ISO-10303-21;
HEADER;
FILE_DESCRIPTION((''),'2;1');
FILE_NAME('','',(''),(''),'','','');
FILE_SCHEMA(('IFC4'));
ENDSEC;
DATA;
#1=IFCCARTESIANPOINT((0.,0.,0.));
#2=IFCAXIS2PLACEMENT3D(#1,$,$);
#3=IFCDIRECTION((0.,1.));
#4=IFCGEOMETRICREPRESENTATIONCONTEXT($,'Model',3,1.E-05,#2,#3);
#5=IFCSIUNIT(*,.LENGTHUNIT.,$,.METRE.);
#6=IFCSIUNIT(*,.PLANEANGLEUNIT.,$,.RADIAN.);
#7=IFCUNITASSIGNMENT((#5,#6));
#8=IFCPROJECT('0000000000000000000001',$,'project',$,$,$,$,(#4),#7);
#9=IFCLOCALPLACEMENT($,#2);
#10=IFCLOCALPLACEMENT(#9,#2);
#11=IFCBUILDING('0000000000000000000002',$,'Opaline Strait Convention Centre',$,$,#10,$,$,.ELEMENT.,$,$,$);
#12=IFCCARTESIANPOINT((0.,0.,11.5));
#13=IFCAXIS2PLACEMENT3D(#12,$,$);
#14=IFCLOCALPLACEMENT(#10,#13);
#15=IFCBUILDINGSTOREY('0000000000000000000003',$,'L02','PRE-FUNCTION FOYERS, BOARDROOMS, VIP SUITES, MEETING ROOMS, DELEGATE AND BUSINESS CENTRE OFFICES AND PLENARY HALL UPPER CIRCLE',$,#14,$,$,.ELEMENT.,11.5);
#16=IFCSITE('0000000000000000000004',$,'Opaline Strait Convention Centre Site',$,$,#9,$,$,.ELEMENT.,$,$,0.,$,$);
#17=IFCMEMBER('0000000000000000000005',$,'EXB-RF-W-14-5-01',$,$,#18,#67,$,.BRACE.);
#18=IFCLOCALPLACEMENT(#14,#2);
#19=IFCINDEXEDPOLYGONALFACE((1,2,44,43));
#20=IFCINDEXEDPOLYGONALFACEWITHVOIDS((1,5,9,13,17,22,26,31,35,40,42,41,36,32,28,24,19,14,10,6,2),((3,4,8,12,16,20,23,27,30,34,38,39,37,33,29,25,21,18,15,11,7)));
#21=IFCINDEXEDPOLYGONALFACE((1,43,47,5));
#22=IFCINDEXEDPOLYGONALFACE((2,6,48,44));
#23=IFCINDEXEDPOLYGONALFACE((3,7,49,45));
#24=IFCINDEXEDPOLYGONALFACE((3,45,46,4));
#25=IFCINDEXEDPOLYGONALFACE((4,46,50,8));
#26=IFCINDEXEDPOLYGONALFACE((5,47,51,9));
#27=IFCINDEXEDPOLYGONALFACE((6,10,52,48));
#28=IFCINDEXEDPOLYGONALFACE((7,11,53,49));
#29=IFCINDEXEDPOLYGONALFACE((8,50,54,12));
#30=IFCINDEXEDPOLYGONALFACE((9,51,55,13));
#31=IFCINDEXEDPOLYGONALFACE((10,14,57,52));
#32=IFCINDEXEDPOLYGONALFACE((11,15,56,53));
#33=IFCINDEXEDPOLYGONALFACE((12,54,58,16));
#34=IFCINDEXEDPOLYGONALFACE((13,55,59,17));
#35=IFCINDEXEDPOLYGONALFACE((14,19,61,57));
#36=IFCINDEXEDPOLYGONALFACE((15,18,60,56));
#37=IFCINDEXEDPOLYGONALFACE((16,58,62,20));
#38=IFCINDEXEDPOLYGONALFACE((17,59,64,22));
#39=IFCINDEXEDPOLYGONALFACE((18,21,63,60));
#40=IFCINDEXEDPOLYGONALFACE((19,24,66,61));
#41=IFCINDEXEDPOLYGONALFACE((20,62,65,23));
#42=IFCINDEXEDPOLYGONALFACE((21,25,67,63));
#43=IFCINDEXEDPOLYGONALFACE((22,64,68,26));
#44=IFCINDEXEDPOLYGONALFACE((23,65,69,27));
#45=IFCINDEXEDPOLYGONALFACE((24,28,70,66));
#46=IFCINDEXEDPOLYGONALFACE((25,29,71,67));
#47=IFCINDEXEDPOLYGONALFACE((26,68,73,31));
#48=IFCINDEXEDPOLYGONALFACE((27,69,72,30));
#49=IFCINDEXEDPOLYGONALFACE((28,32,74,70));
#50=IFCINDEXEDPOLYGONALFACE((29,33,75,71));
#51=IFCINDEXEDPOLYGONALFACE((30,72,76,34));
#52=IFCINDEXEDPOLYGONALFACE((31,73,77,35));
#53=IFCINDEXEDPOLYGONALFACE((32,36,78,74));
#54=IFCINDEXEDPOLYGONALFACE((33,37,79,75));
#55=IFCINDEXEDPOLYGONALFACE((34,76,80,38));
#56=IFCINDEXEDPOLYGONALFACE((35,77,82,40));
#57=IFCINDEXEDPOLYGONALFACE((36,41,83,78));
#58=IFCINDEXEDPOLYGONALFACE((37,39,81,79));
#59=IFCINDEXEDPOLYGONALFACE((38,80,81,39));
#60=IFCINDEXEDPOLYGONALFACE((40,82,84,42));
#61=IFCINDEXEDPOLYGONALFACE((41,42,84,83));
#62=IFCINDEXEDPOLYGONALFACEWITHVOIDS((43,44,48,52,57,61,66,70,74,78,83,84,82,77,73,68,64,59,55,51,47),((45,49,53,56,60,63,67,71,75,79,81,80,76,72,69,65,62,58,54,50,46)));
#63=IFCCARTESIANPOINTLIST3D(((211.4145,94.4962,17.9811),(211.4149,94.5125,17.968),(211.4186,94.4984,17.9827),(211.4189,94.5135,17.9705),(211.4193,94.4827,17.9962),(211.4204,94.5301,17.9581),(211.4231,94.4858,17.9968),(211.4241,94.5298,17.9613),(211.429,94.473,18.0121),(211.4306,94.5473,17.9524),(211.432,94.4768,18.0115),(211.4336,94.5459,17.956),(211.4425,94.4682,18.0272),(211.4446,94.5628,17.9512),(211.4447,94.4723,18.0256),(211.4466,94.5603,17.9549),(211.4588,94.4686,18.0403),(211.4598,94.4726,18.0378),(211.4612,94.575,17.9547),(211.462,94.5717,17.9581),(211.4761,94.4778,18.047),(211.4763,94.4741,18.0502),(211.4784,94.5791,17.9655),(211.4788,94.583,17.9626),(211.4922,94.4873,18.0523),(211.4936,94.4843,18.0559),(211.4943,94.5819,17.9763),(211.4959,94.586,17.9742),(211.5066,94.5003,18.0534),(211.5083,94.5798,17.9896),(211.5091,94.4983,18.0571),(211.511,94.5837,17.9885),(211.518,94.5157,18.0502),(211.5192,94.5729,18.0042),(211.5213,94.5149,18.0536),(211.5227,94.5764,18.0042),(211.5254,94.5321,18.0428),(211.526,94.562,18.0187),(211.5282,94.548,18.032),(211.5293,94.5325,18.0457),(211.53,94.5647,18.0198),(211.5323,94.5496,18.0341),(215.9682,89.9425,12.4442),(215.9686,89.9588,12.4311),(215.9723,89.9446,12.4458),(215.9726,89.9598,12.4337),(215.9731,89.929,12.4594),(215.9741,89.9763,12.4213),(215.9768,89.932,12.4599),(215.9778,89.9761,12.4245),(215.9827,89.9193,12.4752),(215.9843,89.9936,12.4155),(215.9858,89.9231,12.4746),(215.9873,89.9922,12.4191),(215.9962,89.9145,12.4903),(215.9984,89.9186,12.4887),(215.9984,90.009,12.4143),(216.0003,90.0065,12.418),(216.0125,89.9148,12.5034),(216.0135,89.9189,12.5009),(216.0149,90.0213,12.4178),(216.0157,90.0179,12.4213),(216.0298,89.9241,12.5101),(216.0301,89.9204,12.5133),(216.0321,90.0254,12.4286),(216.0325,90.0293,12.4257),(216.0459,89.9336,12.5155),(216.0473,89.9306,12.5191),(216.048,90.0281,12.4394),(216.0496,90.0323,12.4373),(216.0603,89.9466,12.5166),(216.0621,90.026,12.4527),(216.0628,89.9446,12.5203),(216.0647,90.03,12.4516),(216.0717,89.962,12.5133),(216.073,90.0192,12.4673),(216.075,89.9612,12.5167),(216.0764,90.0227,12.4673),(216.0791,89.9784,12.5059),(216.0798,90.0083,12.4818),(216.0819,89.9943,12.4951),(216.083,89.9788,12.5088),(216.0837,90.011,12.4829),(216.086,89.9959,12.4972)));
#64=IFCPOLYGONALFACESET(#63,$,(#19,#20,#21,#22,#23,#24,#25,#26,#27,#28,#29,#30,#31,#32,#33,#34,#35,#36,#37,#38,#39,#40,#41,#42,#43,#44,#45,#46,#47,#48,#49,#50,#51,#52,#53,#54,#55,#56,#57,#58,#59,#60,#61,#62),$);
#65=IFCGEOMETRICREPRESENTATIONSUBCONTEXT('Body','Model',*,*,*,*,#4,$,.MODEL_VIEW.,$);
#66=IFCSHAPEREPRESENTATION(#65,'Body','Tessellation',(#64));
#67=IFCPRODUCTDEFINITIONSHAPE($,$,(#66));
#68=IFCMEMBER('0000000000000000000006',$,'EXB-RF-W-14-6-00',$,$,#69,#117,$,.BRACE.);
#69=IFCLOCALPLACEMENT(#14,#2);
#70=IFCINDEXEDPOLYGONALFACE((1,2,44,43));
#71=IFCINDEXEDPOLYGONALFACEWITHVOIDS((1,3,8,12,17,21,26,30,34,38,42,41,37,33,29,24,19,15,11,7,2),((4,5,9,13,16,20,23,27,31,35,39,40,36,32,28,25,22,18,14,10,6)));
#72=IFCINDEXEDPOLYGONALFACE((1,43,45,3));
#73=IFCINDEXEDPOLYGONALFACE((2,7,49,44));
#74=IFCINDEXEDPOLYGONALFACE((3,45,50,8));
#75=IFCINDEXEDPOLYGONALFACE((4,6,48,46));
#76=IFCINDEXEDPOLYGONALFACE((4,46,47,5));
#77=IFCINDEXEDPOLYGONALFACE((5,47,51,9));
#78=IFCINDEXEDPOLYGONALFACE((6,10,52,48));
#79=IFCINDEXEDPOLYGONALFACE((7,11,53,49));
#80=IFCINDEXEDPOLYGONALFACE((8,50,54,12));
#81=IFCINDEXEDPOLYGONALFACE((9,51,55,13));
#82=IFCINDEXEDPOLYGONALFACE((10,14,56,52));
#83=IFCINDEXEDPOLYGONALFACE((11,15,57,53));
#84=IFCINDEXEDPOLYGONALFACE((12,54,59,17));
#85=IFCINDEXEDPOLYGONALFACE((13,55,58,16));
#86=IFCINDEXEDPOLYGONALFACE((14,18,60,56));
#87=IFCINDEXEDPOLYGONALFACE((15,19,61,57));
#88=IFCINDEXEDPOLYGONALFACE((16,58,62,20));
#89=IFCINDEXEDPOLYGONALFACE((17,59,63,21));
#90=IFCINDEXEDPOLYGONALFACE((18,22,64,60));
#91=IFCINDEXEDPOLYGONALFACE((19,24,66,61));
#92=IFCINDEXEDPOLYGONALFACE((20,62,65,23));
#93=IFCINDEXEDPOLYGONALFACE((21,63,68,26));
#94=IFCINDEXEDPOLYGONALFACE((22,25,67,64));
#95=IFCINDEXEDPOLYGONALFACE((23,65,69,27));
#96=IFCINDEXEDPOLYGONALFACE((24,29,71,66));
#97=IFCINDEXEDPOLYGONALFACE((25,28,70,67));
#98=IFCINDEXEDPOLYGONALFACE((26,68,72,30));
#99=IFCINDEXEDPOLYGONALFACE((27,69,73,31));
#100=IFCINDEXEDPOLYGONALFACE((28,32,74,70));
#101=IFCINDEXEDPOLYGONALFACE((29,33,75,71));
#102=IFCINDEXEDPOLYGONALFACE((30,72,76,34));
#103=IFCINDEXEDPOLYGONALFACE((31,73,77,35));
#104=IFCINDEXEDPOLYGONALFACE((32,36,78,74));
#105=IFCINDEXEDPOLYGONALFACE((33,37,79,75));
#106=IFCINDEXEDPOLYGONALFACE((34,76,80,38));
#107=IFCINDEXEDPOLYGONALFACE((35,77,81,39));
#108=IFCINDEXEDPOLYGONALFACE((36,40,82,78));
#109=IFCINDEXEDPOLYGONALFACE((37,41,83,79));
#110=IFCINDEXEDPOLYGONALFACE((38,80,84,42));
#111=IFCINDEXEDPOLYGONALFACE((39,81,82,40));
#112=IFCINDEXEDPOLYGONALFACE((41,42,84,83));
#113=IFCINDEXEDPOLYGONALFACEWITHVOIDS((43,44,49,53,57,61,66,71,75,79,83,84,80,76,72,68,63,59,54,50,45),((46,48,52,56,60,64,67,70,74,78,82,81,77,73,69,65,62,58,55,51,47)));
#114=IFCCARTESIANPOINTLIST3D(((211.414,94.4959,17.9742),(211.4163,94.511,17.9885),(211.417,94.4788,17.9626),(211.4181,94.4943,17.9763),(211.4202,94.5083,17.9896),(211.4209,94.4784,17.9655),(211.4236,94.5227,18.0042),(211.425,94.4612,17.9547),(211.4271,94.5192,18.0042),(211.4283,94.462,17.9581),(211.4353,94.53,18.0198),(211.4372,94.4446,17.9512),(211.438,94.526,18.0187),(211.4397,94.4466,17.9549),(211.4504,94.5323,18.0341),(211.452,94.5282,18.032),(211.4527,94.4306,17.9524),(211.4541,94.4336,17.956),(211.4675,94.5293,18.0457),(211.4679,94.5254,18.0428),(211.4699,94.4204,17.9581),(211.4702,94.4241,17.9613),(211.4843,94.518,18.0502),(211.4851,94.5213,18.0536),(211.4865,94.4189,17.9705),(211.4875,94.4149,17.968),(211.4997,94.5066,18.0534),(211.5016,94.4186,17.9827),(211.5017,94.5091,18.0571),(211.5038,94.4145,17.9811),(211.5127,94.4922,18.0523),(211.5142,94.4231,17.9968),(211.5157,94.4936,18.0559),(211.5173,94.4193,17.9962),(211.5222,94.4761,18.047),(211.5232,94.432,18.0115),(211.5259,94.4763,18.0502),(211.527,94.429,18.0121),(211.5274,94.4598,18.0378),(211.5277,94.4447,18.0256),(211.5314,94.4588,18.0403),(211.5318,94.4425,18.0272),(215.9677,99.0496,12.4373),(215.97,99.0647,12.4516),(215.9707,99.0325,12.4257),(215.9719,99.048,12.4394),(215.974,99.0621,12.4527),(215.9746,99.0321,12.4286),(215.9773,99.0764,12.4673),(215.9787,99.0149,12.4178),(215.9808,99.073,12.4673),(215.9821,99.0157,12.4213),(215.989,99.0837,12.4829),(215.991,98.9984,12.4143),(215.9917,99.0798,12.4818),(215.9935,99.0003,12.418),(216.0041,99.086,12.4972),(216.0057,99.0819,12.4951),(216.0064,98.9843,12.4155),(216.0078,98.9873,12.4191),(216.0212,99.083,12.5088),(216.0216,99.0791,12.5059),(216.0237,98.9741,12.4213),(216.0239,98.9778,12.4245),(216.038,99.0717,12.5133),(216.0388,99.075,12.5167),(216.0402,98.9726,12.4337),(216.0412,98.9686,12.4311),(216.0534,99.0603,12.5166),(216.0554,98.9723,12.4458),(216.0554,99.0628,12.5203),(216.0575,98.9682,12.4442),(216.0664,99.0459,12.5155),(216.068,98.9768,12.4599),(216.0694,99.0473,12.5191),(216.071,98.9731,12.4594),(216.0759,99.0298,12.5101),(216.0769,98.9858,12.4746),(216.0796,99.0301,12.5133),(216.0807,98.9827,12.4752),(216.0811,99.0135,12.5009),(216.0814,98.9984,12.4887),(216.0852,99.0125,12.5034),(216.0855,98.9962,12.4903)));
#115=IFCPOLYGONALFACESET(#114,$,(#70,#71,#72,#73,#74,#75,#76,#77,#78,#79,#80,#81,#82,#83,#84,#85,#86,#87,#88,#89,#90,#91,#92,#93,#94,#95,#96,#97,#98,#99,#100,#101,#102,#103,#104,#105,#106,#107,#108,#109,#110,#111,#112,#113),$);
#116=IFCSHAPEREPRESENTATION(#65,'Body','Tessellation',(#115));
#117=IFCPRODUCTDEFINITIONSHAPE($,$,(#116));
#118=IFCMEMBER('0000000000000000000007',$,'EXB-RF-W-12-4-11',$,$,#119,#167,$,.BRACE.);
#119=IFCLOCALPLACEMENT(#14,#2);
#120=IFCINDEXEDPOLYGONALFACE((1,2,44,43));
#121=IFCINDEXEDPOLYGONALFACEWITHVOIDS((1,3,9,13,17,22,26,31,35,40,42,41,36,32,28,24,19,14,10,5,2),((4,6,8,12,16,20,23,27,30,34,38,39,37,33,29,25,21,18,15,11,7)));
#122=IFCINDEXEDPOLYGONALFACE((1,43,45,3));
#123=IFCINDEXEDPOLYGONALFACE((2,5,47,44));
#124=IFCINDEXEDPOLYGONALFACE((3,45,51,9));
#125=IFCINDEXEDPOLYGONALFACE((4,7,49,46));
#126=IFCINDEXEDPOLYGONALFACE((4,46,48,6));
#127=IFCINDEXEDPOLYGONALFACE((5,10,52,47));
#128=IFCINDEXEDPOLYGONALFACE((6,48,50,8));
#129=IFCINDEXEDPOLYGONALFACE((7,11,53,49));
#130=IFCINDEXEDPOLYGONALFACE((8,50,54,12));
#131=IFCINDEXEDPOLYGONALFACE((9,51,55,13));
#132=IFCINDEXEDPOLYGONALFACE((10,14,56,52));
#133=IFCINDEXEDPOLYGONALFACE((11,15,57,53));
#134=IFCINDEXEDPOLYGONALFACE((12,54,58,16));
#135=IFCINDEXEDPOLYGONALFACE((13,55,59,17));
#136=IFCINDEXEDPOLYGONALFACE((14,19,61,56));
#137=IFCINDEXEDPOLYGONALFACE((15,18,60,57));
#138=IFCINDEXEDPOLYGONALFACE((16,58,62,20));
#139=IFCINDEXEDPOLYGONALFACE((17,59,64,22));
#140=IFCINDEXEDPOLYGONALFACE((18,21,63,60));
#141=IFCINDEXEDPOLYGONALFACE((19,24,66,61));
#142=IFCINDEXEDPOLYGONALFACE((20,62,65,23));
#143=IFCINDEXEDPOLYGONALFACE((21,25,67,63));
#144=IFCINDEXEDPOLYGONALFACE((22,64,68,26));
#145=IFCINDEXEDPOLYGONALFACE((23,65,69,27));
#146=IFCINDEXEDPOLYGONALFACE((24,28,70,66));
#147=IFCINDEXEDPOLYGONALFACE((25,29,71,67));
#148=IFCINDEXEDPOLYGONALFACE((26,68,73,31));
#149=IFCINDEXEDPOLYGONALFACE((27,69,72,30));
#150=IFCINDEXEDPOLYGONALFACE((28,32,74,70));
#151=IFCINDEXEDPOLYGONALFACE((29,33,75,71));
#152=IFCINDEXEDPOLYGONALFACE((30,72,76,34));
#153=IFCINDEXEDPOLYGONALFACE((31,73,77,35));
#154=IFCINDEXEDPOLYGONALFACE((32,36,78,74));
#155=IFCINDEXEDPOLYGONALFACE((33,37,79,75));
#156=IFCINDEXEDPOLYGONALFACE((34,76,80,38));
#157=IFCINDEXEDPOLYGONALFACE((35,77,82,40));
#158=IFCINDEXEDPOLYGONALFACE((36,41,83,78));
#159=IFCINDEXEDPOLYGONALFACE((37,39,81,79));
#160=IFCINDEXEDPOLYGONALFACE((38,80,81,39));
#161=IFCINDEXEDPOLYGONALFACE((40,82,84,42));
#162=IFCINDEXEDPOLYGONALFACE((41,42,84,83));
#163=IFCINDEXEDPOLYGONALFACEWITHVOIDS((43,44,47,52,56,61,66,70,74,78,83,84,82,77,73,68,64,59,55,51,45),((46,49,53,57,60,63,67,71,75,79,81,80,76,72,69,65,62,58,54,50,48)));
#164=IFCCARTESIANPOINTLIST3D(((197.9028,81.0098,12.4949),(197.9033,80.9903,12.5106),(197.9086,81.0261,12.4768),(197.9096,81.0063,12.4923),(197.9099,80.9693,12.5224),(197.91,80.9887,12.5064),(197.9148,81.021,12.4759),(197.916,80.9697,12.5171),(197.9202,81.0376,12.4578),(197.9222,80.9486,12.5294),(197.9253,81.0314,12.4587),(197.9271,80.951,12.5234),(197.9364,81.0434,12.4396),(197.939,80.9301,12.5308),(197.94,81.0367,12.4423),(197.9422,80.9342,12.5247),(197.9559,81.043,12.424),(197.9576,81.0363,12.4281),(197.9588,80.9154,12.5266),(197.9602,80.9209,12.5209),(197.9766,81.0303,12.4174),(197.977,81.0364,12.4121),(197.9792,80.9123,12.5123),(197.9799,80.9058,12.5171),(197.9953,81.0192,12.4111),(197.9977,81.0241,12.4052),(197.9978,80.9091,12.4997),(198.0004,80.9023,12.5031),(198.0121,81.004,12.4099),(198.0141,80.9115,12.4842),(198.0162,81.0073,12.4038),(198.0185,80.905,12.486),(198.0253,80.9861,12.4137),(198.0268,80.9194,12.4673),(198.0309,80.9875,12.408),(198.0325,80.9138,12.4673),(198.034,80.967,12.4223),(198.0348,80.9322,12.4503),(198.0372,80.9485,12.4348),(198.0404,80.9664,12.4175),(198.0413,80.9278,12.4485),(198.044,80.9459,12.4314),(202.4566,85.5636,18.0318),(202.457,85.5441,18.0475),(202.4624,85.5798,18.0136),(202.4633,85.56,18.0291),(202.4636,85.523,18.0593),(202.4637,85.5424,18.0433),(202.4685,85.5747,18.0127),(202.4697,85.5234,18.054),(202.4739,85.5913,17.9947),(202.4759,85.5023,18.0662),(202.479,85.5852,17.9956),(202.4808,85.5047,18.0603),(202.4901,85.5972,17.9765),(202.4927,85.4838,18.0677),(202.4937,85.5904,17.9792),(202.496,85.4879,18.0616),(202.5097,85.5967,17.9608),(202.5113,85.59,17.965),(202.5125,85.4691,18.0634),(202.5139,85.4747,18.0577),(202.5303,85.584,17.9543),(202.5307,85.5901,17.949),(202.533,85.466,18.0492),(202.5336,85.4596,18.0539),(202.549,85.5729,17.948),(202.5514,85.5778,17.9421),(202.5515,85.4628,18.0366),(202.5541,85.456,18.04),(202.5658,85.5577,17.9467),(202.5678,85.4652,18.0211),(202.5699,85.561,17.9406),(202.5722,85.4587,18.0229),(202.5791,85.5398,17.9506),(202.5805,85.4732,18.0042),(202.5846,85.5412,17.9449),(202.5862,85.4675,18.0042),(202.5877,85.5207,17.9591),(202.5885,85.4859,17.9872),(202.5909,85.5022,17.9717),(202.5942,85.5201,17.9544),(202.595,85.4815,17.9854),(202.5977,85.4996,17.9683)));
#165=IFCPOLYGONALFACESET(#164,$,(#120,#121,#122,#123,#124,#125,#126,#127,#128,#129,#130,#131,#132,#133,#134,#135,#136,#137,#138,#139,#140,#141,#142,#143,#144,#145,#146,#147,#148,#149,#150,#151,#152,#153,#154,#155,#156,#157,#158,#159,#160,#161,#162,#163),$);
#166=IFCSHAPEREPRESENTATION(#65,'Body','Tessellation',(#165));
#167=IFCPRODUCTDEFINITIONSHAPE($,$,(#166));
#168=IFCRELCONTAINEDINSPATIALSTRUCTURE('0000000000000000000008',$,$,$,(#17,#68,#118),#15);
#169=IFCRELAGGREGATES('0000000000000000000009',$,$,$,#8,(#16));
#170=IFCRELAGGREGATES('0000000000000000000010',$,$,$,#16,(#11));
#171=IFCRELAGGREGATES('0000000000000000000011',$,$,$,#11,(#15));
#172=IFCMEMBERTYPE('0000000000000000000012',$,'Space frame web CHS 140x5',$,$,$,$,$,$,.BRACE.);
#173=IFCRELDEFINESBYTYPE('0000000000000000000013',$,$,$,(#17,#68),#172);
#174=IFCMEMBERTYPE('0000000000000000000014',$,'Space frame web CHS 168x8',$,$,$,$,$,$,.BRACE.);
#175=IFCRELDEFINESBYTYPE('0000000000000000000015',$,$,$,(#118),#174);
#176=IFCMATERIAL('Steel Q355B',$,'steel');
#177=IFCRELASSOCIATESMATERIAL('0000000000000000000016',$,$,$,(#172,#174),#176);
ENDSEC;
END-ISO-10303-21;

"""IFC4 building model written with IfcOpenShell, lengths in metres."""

from ifc_helpers import new_model, si_unit, direction, frame, origin, origin_2d, place, context, subcontext, project, spatial, hollow_circle, extrude, material, material_profile, profile_set, type_object, element, save


model = new_model("IFC4")

# Units and contexts
model_context = context("Model", 3, precision=1e-05, world=origin(), true_north=direction((0.0, 1.0)))
body_context = subcontext(model_context, "Body", "Model", "MODEL_VIEW")
ifc_project = project(units=[si_unit("LENGTHUNIT", "METRE"), si_unit("PLANEANGLEUNIT", "RADIAN")], contexts=[model_context])

# Site, building, storey
site_placement = place(None, origin())
site = spatial("IfcSite", under=ifc_project, at=site_placement, Name="Opaline Strait Convention Centre Site", CompositionType="ELEMENT", RefElevation=0.0)
building_placement = place(site_placement, origin())
building = spatial("IfcBuilding", under=site, at=building_placement, Name="Opaline Strait Convention Centre", CompositionType="ELEMENT")
storey_placement = place(building_placement, frame((0.0, 0.0, 11.5)))
storey = spatial("IfcBuildingStorey", under=building, at=storey_placement, Name="L02", Description="PRE-FUNCTION FOYERS, BOARDROOMS, VIP SUITES, MEETING ROOMS, DELEGATE AND BUSINESS CENTRE OFFICES AND PLENARY HALL UPPER CIRCLE", CompositionType="ELEMENT", Elevation=11.5)

# Members
ifc_material_1 = material(Name="Steel Q355B", Category="steel")
ifc_material_profile_1 = material_profile(ifc_material_1, hollow_circle(Radius=0.0701, WallThickness=0.0049, at=origin_2d()), Name="CHS 140x5")
ifc_profile_set_1 = profile_set([ifc_material_profile_1], Name="Steel Q355B")
member_type_1 = type_object("IfcMemberType", Name="Space frame web CHS 140x5", PredefinedType="BRACE", material=ifc_profile_set_1)
for number, where, z_axis, x_axis, name in (
    (1, (211.4731, 94.5269, 18.0042), (0.536178, -0.536178, -0.65194), (0.707107, 0.707107, 0.0), "EXB-RF-W-14-5-01"),
    (2, (211.4731, 94.4731, 18.0042), (0.536178, 0.536178, -0.65194), (-0.707107, 0.707107, 0.0), "EXB-RF-W-14-6-00"),
):
    element("IfcMember", number, at=place(storey_placement, frame(where, z_axis=z_axis, x_axis=x_axis)), inside=storey, type_object=member_type_1, Name=name, PredefinedType="BRACE", context=body_context, shape_type="SweptSolid", body=[
        extrude(hollow_circle(Radius=0.0701, WallThickness=0.0049, at=origin_2d()), origin(), (0.0, 0.0, 1.0), 8.4929),
    ])
ifc_material_profile_2 = material_profile(ifc_material_1, hollow_circle(Radius=0.084, WallThickness=0.0081, at=origin_2d()), Name="CHS 168x8")
ifc_profile_set_2 = profile_set([ifc_material_profile_2], Name="Steel Q355B")
member_type_2 = type_object("IfcMemberType", Name="Space frame web CHS 168x8", PredefinedType="BRACE", material=ifc_profile_set_2)
for number, where, z_axis, x_axis, name in (
    (3, (202.5269, 85.5269, 18.0042), (-0.536178, -0.536178, -0.65194), (0.707107, -0.707107, 0.0), "EXB-RF-W-12-4-11"),
):
    element("IfcMember", number, at=place(storey_placement, frame(where, z_axis=z_axis, x_axis=x_axis)), inside=storey, type_object=member_type_2, Name=name, PredefinedType="BRACE", context=body_context, shape_type="SweptSolid", body=[
        extrude(hollow_circle(Radius=0.084, WallThickness=0.0081, at=origin_2d()), origin(), (0.0, 0.0, 1.0), 8.4929),
    ])

save(model, "model.ifc")
